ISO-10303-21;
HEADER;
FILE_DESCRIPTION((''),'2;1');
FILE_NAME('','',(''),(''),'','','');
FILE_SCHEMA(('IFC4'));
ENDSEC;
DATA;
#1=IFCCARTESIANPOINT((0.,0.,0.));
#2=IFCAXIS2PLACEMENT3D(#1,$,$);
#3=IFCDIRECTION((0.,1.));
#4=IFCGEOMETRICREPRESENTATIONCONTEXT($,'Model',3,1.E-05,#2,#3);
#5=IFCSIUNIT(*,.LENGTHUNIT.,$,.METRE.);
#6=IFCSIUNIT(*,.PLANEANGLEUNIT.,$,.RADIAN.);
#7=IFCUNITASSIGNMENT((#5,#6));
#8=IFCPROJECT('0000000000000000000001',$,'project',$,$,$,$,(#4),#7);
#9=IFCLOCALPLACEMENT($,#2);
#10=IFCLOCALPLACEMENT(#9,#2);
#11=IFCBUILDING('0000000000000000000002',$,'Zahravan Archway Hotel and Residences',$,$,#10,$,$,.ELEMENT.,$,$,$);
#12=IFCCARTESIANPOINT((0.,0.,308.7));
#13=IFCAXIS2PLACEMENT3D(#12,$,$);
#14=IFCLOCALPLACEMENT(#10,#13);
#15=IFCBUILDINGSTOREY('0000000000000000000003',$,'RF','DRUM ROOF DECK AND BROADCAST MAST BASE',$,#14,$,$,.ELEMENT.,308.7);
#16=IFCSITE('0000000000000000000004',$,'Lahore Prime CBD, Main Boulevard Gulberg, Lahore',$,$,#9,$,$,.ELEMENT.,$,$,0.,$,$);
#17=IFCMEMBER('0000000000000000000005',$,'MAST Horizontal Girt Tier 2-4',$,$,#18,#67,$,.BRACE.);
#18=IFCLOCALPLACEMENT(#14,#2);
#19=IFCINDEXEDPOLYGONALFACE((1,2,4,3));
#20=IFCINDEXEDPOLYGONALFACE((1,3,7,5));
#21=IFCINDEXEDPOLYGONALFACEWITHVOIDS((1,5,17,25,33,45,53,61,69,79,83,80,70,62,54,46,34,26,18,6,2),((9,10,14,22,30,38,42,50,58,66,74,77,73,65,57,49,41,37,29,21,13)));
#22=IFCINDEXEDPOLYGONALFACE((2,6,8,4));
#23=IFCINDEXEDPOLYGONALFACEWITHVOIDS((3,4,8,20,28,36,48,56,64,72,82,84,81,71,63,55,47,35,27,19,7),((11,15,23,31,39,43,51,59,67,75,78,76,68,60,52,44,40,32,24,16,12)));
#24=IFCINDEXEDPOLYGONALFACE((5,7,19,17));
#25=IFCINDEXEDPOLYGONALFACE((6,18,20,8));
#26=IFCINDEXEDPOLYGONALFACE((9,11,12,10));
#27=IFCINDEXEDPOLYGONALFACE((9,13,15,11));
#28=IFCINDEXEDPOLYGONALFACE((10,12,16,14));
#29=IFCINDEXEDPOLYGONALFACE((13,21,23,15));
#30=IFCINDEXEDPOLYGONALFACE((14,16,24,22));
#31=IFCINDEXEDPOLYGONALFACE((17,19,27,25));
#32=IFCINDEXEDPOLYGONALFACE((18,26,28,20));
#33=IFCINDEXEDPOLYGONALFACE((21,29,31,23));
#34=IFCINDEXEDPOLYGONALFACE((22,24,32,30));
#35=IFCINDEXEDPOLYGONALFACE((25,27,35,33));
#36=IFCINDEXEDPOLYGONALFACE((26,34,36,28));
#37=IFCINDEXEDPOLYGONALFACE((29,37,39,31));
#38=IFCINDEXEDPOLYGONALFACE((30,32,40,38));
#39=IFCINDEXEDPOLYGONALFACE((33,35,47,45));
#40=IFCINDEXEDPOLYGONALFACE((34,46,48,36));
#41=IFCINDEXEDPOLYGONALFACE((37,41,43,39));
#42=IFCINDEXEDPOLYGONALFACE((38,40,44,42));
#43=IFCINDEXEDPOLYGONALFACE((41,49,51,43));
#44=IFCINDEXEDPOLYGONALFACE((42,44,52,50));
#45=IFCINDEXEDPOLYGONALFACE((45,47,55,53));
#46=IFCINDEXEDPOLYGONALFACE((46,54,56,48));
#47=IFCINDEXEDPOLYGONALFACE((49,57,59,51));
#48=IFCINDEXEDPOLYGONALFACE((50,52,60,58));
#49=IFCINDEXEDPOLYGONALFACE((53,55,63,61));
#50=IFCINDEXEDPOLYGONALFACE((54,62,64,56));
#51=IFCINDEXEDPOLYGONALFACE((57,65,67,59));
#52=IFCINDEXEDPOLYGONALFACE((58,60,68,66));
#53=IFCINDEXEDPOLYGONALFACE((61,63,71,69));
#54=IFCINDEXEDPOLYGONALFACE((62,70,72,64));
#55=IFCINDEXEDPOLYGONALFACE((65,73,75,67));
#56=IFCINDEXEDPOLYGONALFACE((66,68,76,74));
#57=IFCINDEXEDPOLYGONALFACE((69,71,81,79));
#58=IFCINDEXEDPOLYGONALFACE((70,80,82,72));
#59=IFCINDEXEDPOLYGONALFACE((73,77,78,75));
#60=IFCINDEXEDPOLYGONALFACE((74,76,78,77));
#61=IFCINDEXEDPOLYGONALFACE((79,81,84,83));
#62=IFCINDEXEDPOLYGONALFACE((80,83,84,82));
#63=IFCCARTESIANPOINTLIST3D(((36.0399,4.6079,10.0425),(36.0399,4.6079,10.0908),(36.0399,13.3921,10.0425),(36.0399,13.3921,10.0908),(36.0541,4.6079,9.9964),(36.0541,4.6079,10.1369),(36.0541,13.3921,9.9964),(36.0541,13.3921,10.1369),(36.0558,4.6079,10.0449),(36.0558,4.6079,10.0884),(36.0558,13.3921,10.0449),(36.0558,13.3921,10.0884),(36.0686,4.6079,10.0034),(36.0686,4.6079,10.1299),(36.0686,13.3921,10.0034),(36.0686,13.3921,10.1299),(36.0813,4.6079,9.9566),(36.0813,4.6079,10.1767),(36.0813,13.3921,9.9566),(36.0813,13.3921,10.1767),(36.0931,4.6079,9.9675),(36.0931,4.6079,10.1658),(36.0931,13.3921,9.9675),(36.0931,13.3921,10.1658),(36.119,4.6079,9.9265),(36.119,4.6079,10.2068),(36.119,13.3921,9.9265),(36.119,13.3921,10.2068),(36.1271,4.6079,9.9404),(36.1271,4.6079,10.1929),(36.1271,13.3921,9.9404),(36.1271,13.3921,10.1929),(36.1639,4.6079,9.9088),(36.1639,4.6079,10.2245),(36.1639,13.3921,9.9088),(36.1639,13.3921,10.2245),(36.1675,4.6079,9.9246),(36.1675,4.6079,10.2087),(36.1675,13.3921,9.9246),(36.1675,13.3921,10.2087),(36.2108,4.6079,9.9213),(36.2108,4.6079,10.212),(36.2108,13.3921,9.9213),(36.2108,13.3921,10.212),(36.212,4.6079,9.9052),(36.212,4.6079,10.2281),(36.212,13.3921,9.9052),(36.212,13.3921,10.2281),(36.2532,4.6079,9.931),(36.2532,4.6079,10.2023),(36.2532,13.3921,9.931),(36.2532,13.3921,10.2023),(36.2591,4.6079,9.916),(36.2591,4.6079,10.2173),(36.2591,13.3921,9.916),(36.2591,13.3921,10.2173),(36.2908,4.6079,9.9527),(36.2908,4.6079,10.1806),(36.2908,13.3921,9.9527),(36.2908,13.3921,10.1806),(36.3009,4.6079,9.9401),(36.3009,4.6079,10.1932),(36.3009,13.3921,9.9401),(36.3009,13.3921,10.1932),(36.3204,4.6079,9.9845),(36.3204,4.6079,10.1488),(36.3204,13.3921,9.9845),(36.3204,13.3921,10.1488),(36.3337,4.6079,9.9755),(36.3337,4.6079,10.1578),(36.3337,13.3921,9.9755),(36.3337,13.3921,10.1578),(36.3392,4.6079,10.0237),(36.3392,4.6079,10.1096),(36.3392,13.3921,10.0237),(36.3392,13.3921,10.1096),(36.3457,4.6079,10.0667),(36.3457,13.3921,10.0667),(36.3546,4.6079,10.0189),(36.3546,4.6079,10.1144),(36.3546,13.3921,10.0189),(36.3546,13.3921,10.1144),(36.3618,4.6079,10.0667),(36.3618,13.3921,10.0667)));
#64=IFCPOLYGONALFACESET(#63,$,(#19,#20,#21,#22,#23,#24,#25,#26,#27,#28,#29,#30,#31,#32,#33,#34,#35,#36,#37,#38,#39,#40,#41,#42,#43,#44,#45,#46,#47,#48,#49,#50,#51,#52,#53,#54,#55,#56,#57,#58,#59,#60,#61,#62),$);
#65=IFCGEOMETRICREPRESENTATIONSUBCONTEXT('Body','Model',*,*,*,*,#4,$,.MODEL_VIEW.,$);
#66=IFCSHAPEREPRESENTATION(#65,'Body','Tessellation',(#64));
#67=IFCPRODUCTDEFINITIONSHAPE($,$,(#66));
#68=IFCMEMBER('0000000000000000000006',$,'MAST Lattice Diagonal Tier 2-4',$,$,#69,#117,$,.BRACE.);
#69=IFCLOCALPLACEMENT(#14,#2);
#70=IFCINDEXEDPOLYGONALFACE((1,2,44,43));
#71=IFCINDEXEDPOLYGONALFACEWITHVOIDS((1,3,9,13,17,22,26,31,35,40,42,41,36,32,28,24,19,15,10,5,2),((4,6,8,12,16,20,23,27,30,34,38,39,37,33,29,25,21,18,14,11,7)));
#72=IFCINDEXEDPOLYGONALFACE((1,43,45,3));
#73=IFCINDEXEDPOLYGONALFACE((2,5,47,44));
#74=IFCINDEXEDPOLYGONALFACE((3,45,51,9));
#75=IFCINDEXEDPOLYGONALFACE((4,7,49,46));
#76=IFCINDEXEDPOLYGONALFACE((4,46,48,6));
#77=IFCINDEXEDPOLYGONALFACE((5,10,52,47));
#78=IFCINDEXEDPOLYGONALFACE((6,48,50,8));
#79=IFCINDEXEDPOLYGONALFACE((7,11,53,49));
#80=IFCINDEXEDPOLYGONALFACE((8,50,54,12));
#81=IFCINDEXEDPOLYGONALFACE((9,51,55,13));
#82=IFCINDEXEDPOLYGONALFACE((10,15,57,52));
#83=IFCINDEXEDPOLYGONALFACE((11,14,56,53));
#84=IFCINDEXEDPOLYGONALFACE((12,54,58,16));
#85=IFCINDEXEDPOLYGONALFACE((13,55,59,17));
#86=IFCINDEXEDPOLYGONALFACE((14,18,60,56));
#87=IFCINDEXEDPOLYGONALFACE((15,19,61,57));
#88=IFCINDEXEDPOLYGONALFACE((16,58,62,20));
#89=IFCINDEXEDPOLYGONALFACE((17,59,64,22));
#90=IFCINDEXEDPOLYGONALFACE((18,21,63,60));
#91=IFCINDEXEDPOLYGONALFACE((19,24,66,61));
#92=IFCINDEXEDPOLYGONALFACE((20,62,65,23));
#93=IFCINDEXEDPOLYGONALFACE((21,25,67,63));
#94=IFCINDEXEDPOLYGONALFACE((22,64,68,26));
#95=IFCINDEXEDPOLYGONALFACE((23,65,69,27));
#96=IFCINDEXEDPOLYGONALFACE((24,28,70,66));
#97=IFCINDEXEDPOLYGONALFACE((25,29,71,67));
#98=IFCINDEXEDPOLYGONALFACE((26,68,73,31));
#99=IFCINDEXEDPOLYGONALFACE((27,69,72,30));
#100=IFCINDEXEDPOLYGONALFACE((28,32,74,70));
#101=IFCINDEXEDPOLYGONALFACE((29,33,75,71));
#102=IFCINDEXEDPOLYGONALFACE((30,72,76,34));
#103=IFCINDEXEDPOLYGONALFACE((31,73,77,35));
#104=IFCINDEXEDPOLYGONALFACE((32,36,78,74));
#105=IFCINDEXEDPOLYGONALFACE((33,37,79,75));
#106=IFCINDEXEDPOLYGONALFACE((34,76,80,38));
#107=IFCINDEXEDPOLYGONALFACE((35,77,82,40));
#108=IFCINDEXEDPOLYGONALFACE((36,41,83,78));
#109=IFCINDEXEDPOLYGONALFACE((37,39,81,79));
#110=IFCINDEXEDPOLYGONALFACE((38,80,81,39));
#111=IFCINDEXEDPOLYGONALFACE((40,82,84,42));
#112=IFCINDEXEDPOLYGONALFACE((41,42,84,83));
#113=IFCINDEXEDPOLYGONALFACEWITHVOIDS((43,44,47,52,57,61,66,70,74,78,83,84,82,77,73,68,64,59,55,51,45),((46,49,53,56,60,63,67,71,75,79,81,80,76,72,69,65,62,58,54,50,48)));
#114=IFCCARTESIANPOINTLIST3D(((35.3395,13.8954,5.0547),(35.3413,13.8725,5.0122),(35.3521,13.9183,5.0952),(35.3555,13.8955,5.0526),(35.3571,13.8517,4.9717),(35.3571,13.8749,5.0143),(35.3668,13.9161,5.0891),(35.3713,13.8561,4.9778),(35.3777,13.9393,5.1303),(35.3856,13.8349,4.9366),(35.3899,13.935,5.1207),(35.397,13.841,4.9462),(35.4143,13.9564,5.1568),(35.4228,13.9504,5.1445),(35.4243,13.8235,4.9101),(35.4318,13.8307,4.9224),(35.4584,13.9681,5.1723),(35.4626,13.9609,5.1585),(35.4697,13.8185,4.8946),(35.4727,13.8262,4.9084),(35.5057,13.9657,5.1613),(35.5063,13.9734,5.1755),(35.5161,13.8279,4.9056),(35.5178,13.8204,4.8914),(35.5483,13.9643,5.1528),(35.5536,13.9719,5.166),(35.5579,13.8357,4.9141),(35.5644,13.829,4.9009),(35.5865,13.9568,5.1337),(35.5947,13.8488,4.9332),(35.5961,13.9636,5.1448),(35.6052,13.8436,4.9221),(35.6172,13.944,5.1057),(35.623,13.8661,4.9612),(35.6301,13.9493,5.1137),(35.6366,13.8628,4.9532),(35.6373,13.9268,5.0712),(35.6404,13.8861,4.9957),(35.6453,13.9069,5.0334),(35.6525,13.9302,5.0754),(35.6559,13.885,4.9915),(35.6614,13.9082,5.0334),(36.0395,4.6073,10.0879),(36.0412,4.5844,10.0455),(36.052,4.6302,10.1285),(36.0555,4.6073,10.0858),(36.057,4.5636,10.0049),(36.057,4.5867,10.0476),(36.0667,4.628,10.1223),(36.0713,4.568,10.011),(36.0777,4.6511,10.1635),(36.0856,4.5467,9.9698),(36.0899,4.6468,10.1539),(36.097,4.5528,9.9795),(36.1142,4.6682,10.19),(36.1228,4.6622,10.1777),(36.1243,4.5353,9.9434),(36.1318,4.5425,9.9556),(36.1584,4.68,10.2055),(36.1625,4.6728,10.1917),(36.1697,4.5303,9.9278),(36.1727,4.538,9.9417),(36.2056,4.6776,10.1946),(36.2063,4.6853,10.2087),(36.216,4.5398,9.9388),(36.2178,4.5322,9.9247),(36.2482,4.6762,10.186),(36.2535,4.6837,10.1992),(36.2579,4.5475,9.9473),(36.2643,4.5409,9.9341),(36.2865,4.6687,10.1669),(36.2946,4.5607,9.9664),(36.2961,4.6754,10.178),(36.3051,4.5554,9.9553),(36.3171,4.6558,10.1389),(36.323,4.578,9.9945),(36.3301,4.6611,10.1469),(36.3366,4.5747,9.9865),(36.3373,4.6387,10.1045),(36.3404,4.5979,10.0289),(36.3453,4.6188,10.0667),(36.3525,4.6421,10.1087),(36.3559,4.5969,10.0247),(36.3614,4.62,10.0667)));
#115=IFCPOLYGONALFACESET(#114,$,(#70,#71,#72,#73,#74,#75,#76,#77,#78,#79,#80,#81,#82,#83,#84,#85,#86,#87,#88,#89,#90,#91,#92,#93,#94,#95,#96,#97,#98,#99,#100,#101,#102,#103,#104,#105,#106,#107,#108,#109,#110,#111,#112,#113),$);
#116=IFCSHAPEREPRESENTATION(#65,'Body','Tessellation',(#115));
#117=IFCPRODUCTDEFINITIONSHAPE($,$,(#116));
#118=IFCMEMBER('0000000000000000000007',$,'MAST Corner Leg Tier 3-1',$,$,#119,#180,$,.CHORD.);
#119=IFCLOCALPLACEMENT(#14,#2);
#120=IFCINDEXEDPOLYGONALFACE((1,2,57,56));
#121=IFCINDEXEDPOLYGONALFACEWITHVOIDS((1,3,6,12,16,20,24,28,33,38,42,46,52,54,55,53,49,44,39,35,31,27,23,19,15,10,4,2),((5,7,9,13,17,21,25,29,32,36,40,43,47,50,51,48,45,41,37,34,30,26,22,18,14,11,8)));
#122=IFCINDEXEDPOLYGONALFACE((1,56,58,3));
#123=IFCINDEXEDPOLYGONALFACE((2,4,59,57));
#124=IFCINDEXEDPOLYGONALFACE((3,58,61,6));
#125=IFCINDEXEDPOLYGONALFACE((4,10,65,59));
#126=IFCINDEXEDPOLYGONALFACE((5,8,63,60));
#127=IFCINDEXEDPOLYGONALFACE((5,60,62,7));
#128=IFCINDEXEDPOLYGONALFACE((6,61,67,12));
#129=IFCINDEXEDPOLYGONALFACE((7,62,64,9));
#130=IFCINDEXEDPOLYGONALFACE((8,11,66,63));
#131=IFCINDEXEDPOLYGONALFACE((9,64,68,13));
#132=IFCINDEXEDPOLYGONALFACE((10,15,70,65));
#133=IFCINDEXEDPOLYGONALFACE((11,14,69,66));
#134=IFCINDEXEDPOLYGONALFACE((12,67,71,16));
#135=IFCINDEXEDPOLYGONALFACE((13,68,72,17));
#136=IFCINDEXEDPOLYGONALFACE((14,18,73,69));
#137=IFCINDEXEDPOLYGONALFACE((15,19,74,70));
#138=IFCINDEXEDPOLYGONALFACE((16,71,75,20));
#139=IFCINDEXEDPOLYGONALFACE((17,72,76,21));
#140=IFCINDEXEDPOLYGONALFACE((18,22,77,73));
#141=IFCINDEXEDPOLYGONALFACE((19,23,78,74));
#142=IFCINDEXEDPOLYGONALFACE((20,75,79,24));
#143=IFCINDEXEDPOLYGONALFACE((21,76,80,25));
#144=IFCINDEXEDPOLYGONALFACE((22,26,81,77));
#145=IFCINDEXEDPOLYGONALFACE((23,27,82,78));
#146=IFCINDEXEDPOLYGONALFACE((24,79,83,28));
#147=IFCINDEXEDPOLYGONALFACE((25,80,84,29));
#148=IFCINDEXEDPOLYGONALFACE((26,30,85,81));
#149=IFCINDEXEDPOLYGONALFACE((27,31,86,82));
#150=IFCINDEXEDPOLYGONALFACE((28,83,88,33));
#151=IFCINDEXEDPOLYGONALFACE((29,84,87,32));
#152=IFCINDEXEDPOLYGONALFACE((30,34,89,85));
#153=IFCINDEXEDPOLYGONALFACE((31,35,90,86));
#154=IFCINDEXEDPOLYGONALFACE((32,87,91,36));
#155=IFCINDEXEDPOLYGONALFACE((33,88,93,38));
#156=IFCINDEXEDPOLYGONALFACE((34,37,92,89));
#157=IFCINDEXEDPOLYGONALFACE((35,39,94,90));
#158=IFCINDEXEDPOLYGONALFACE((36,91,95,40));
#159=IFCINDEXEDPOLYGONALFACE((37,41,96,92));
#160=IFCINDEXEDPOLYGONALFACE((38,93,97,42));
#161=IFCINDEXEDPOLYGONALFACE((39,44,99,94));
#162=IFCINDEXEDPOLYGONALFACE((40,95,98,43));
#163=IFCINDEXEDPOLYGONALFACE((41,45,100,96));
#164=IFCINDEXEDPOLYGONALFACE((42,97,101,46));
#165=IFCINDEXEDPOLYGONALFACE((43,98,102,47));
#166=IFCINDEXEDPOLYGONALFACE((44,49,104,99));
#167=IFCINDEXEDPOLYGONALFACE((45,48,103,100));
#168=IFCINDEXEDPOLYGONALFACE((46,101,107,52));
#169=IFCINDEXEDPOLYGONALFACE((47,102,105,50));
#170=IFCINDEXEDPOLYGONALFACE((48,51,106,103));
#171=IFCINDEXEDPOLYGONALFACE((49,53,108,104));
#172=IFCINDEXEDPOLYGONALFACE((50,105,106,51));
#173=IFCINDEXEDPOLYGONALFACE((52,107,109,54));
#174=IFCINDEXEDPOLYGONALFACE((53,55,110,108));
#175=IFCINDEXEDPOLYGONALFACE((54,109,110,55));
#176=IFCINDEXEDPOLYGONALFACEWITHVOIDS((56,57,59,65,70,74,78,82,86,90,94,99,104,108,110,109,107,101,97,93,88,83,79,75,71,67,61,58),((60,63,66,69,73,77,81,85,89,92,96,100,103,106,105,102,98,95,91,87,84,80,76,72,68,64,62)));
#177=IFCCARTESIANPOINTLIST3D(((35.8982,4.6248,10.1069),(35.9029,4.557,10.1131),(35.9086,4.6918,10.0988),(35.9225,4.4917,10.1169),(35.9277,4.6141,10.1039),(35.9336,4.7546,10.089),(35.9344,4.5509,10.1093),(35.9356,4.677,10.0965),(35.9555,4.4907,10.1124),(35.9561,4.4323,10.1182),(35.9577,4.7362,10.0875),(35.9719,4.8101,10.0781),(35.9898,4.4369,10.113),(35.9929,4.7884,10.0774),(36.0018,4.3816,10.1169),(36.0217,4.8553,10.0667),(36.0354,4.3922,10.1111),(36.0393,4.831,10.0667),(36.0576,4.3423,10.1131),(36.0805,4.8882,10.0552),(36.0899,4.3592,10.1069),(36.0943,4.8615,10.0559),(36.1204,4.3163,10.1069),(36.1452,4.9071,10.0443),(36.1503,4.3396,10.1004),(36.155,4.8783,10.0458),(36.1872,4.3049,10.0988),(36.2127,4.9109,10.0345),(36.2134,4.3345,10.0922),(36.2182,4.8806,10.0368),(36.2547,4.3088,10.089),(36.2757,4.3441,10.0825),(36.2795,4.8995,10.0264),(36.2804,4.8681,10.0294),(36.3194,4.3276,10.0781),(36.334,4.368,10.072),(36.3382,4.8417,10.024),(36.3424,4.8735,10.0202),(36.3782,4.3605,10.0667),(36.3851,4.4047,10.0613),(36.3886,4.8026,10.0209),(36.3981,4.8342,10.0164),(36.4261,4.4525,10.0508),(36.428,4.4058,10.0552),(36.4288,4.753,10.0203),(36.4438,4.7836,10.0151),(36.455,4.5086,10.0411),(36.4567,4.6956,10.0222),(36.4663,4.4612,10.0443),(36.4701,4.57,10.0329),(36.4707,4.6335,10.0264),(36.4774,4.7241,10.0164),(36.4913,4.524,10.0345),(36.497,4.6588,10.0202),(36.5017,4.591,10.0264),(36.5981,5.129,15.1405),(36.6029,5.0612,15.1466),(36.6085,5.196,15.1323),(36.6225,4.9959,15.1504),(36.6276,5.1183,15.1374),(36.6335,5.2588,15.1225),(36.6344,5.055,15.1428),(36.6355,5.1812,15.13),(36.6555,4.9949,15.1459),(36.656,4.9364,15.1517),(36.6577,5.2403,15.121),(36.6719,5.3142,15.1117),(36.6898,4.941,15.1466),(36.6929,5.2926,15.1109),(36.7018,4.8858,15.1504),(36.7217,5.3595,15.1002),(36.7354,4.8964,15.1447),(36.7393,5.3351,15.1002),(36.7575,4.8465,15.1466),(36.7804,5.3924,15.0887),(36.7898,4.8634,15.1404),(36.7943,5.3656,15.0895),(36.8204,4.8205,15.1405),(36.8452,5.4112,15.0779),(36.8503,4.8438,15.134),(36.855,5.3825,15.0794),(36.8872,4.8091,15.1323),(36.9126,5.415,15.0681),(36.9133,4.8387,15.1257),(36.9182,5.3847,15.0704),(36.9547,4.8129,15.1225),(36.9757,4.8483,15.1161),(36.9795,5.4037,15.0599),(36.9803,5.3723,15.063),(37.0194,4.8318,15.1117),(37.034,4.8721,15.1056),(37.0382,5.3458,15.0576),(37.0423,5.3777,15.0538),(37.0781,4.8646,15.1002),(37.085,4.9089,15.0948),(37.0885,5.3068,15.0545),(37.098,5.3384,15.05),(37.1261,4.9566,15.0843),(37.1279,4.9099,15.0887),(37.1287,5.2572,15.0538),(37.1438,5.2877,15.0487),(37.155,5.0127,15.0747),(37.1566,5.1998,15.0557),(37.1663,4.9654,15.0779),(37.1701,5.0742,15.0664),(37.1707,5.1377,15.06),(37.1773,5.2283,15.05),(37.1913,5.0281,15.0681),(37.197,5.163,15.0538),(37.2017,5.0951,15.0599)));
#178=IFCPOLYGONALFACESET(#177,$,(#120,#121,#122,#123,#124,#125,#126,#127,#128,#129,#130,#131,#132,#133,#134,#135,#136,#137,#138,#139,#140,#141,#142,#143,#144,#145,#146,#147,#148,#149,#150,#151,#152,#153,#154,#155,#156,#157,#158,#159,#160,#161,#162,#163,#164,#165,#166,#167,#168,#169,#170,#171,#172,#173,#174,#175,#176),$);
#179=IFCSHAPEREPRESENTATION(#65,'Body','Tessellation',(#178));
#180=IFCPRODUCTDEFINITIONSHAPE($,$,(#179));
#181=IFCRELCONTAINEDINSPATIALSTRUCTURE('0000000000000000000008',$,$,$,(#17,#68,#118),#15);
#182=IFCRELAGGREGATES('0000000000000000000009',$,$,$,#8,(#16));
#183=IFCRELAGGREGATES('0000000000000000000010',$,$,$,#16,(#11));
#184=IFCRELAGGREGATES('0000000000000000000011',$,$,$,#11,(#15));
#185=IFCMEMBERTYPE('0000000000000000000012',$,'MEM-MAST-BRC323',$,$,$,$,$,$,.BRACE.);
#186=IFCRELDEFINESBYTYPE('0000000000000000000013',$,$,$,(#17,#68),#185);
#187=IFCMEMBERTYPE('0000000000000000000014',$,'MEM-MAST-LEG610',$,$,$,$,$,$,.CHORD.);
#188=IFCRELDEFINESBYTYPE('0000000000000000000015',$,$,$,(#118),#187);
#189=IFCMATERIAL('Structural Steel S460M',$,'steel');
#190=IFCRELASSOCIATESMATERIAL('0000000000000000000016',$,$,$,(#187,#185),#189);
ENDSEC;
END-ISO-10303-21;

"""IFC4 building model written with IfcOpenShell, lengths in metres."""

from ifc_helpers import new_model, si_unit, direction, frame, origin, origin_2d, place, context, subcontext, project, spatial, hollow_circle, extrude, source, transform, mapped, material, material_profile, profile_set, type_object, element, save


model = new_model("IFC4")

# Units and contexts
model_context = context("Model", 3, precision=1e-05, world=origin(), true_north=direction((0.0, 1.0)))
body_context = subcontext(model_context, "Body", "Model", "MODEL_VIEW")
ifc_project = project(units=[si_unit("LENGTHUNIT", "METRE"), si_unit("PLANEANGLEUNIT", "RADIAN")], contexts=[model_context])

# Site, building, storey
site_placement = place(None, origin())
site = spatial("IfcSite", under=ifc_project, at=site_placement, Name="Lahore Prime CBD, Main Boulevard Gulberg, Lahore", CompositionType="ELEMENT", RefElevation=0.0)
building_placement = place(site_placement, origin())
building = spatial("IfcBuilding", under=site, at=building_placement, Name="Zahravan Archway Hotel and Residences", CompositionType="ELEMENT")
storey_placement = place(building_placement, frame((0.0, 0.0, 308.7)))
storey = spatial("IfcBuildingStorey", under=building, at=storey_placement, Name="RF", Description="DRUM ROOF DECK AND BROADCAST MAST BASE", CompositionType="ELEMENT", Elevation=308.7)

# Members
ifc_material_1 = material(Name="Structural Steel S460M", Category="steel")
ifc_material_profile_1 = material_profile(ifc_material_1, hollow_circle(Radius=0.3049, WallThickness=0.03, at=origin_2d()), Name="CHS 610x30", Category="steel")
ifc_profile_set_1 = profile_set([ifc_material_profile_1], Name="Structural Steel S460M")
member_type_1 = type_object("IfcMemberType", Name="MEM-MAST-LEG610", PredefinedType="CHORD", material=ifc_profile_set_1)
ifc_material_profile_2 = material_profile(ifc_material_1, hollow_circle(Radius=0.1619, WallThickness=0.0161, at=origin_2d()), Name="CHS 323.9x16", Category="steel")
ifc_profile_set_2 = profile_set([ifc_material_profile_2], Name="Structural Steel S460M")
member_type_2 = type_object("IfcMemberType", Name="MEM-MAST-BRC323", PredefinedType="BRACE", material=ifc_profile_set_2)
shared_shape_1 = source(origin(), body_context, "Body", "SweptSolid", [
    extrude(hollow_circle(Radius=0.1619, WallThickness=0.0161, at=origin_2d()), origin(), (0.0, 0.0, 1.0), 8.7842),
])
member_1_placement = place(storey_placement, frame((36.2, 13.3921, 10.0667), z_axis=(0.0, -1.0, 0.0), x_axis=(1.0, 0.0, 0.0)))
element("IfcMember", 1, at=member_1_placement, inside=storey, type_object=member_type_2, Name="MAST Horizontal Girt Tier 2-4", PredefinedType="BRACE", context=body_context, shape_type="MappedRepresentation", body=[
    mapped(shared_shape_1, transform((0.0, 0.0, 0.0), scale=1.0)),
])
shared_shape_2 = source(origin(), body_context, "Body", "SweptSolid", [
    extrude(hollow_circle(Radius=0.1619, WallThickness=0.0161, at=origin_2d()), origin(), (0.0, 0.0, 1.0), 10.5874),
])
member_2_placement = place(storey_placement, frame((35.5, 13.896, 5.0334), z_axis=(0.066112, -0.877283, 0.475399), x_axis=(0.997172, 0.075147, 0.0)))
element("IfcMember", 2, at=member_2_placement, inside=storey, type_object=member_type_2, Name="MAST Lattice Diagonal Tier 2-4", PredefinedType="BRACE", context=body_context, shape_type="MappedRepresentation", body=[
    mapped(shared_shape_2, transform((0.0, 0.0, 0.0), scale=1.0)),
])
shared_shape_3 = source(origin(), body_context, "Body", "SweptSolid", [
    extrude(hollow_circle(Radius=0.3049, WallThickness=0.03, at=origin_2d()), origin(), (0.0, 0.0, 1.0), 5.1069),
])
for number, where, z_axis, x_axis, name in (
    (3, (36.2, 4.6079, 10.0667), (0.137062, 0.098721, 0.985631), (-0.584446, 0.811432, 0.0), "MAST Corner Leg Tier 3-1"),
):
    element("IfcMember", number, at=place(storey_placement, frame(where, z_axis=z_axis, x_axis=x_axis)), inside=storey, type_object=member_type_1, Name=name, PredefinedType="CHORD", context=body_context, shape_type="MappedRepresentation", body=[
        mapped(shared_shape_3, transform((0.0, 0.0, 0.0), scale=1.0)),
    ])

save(model, "model.ifc")
